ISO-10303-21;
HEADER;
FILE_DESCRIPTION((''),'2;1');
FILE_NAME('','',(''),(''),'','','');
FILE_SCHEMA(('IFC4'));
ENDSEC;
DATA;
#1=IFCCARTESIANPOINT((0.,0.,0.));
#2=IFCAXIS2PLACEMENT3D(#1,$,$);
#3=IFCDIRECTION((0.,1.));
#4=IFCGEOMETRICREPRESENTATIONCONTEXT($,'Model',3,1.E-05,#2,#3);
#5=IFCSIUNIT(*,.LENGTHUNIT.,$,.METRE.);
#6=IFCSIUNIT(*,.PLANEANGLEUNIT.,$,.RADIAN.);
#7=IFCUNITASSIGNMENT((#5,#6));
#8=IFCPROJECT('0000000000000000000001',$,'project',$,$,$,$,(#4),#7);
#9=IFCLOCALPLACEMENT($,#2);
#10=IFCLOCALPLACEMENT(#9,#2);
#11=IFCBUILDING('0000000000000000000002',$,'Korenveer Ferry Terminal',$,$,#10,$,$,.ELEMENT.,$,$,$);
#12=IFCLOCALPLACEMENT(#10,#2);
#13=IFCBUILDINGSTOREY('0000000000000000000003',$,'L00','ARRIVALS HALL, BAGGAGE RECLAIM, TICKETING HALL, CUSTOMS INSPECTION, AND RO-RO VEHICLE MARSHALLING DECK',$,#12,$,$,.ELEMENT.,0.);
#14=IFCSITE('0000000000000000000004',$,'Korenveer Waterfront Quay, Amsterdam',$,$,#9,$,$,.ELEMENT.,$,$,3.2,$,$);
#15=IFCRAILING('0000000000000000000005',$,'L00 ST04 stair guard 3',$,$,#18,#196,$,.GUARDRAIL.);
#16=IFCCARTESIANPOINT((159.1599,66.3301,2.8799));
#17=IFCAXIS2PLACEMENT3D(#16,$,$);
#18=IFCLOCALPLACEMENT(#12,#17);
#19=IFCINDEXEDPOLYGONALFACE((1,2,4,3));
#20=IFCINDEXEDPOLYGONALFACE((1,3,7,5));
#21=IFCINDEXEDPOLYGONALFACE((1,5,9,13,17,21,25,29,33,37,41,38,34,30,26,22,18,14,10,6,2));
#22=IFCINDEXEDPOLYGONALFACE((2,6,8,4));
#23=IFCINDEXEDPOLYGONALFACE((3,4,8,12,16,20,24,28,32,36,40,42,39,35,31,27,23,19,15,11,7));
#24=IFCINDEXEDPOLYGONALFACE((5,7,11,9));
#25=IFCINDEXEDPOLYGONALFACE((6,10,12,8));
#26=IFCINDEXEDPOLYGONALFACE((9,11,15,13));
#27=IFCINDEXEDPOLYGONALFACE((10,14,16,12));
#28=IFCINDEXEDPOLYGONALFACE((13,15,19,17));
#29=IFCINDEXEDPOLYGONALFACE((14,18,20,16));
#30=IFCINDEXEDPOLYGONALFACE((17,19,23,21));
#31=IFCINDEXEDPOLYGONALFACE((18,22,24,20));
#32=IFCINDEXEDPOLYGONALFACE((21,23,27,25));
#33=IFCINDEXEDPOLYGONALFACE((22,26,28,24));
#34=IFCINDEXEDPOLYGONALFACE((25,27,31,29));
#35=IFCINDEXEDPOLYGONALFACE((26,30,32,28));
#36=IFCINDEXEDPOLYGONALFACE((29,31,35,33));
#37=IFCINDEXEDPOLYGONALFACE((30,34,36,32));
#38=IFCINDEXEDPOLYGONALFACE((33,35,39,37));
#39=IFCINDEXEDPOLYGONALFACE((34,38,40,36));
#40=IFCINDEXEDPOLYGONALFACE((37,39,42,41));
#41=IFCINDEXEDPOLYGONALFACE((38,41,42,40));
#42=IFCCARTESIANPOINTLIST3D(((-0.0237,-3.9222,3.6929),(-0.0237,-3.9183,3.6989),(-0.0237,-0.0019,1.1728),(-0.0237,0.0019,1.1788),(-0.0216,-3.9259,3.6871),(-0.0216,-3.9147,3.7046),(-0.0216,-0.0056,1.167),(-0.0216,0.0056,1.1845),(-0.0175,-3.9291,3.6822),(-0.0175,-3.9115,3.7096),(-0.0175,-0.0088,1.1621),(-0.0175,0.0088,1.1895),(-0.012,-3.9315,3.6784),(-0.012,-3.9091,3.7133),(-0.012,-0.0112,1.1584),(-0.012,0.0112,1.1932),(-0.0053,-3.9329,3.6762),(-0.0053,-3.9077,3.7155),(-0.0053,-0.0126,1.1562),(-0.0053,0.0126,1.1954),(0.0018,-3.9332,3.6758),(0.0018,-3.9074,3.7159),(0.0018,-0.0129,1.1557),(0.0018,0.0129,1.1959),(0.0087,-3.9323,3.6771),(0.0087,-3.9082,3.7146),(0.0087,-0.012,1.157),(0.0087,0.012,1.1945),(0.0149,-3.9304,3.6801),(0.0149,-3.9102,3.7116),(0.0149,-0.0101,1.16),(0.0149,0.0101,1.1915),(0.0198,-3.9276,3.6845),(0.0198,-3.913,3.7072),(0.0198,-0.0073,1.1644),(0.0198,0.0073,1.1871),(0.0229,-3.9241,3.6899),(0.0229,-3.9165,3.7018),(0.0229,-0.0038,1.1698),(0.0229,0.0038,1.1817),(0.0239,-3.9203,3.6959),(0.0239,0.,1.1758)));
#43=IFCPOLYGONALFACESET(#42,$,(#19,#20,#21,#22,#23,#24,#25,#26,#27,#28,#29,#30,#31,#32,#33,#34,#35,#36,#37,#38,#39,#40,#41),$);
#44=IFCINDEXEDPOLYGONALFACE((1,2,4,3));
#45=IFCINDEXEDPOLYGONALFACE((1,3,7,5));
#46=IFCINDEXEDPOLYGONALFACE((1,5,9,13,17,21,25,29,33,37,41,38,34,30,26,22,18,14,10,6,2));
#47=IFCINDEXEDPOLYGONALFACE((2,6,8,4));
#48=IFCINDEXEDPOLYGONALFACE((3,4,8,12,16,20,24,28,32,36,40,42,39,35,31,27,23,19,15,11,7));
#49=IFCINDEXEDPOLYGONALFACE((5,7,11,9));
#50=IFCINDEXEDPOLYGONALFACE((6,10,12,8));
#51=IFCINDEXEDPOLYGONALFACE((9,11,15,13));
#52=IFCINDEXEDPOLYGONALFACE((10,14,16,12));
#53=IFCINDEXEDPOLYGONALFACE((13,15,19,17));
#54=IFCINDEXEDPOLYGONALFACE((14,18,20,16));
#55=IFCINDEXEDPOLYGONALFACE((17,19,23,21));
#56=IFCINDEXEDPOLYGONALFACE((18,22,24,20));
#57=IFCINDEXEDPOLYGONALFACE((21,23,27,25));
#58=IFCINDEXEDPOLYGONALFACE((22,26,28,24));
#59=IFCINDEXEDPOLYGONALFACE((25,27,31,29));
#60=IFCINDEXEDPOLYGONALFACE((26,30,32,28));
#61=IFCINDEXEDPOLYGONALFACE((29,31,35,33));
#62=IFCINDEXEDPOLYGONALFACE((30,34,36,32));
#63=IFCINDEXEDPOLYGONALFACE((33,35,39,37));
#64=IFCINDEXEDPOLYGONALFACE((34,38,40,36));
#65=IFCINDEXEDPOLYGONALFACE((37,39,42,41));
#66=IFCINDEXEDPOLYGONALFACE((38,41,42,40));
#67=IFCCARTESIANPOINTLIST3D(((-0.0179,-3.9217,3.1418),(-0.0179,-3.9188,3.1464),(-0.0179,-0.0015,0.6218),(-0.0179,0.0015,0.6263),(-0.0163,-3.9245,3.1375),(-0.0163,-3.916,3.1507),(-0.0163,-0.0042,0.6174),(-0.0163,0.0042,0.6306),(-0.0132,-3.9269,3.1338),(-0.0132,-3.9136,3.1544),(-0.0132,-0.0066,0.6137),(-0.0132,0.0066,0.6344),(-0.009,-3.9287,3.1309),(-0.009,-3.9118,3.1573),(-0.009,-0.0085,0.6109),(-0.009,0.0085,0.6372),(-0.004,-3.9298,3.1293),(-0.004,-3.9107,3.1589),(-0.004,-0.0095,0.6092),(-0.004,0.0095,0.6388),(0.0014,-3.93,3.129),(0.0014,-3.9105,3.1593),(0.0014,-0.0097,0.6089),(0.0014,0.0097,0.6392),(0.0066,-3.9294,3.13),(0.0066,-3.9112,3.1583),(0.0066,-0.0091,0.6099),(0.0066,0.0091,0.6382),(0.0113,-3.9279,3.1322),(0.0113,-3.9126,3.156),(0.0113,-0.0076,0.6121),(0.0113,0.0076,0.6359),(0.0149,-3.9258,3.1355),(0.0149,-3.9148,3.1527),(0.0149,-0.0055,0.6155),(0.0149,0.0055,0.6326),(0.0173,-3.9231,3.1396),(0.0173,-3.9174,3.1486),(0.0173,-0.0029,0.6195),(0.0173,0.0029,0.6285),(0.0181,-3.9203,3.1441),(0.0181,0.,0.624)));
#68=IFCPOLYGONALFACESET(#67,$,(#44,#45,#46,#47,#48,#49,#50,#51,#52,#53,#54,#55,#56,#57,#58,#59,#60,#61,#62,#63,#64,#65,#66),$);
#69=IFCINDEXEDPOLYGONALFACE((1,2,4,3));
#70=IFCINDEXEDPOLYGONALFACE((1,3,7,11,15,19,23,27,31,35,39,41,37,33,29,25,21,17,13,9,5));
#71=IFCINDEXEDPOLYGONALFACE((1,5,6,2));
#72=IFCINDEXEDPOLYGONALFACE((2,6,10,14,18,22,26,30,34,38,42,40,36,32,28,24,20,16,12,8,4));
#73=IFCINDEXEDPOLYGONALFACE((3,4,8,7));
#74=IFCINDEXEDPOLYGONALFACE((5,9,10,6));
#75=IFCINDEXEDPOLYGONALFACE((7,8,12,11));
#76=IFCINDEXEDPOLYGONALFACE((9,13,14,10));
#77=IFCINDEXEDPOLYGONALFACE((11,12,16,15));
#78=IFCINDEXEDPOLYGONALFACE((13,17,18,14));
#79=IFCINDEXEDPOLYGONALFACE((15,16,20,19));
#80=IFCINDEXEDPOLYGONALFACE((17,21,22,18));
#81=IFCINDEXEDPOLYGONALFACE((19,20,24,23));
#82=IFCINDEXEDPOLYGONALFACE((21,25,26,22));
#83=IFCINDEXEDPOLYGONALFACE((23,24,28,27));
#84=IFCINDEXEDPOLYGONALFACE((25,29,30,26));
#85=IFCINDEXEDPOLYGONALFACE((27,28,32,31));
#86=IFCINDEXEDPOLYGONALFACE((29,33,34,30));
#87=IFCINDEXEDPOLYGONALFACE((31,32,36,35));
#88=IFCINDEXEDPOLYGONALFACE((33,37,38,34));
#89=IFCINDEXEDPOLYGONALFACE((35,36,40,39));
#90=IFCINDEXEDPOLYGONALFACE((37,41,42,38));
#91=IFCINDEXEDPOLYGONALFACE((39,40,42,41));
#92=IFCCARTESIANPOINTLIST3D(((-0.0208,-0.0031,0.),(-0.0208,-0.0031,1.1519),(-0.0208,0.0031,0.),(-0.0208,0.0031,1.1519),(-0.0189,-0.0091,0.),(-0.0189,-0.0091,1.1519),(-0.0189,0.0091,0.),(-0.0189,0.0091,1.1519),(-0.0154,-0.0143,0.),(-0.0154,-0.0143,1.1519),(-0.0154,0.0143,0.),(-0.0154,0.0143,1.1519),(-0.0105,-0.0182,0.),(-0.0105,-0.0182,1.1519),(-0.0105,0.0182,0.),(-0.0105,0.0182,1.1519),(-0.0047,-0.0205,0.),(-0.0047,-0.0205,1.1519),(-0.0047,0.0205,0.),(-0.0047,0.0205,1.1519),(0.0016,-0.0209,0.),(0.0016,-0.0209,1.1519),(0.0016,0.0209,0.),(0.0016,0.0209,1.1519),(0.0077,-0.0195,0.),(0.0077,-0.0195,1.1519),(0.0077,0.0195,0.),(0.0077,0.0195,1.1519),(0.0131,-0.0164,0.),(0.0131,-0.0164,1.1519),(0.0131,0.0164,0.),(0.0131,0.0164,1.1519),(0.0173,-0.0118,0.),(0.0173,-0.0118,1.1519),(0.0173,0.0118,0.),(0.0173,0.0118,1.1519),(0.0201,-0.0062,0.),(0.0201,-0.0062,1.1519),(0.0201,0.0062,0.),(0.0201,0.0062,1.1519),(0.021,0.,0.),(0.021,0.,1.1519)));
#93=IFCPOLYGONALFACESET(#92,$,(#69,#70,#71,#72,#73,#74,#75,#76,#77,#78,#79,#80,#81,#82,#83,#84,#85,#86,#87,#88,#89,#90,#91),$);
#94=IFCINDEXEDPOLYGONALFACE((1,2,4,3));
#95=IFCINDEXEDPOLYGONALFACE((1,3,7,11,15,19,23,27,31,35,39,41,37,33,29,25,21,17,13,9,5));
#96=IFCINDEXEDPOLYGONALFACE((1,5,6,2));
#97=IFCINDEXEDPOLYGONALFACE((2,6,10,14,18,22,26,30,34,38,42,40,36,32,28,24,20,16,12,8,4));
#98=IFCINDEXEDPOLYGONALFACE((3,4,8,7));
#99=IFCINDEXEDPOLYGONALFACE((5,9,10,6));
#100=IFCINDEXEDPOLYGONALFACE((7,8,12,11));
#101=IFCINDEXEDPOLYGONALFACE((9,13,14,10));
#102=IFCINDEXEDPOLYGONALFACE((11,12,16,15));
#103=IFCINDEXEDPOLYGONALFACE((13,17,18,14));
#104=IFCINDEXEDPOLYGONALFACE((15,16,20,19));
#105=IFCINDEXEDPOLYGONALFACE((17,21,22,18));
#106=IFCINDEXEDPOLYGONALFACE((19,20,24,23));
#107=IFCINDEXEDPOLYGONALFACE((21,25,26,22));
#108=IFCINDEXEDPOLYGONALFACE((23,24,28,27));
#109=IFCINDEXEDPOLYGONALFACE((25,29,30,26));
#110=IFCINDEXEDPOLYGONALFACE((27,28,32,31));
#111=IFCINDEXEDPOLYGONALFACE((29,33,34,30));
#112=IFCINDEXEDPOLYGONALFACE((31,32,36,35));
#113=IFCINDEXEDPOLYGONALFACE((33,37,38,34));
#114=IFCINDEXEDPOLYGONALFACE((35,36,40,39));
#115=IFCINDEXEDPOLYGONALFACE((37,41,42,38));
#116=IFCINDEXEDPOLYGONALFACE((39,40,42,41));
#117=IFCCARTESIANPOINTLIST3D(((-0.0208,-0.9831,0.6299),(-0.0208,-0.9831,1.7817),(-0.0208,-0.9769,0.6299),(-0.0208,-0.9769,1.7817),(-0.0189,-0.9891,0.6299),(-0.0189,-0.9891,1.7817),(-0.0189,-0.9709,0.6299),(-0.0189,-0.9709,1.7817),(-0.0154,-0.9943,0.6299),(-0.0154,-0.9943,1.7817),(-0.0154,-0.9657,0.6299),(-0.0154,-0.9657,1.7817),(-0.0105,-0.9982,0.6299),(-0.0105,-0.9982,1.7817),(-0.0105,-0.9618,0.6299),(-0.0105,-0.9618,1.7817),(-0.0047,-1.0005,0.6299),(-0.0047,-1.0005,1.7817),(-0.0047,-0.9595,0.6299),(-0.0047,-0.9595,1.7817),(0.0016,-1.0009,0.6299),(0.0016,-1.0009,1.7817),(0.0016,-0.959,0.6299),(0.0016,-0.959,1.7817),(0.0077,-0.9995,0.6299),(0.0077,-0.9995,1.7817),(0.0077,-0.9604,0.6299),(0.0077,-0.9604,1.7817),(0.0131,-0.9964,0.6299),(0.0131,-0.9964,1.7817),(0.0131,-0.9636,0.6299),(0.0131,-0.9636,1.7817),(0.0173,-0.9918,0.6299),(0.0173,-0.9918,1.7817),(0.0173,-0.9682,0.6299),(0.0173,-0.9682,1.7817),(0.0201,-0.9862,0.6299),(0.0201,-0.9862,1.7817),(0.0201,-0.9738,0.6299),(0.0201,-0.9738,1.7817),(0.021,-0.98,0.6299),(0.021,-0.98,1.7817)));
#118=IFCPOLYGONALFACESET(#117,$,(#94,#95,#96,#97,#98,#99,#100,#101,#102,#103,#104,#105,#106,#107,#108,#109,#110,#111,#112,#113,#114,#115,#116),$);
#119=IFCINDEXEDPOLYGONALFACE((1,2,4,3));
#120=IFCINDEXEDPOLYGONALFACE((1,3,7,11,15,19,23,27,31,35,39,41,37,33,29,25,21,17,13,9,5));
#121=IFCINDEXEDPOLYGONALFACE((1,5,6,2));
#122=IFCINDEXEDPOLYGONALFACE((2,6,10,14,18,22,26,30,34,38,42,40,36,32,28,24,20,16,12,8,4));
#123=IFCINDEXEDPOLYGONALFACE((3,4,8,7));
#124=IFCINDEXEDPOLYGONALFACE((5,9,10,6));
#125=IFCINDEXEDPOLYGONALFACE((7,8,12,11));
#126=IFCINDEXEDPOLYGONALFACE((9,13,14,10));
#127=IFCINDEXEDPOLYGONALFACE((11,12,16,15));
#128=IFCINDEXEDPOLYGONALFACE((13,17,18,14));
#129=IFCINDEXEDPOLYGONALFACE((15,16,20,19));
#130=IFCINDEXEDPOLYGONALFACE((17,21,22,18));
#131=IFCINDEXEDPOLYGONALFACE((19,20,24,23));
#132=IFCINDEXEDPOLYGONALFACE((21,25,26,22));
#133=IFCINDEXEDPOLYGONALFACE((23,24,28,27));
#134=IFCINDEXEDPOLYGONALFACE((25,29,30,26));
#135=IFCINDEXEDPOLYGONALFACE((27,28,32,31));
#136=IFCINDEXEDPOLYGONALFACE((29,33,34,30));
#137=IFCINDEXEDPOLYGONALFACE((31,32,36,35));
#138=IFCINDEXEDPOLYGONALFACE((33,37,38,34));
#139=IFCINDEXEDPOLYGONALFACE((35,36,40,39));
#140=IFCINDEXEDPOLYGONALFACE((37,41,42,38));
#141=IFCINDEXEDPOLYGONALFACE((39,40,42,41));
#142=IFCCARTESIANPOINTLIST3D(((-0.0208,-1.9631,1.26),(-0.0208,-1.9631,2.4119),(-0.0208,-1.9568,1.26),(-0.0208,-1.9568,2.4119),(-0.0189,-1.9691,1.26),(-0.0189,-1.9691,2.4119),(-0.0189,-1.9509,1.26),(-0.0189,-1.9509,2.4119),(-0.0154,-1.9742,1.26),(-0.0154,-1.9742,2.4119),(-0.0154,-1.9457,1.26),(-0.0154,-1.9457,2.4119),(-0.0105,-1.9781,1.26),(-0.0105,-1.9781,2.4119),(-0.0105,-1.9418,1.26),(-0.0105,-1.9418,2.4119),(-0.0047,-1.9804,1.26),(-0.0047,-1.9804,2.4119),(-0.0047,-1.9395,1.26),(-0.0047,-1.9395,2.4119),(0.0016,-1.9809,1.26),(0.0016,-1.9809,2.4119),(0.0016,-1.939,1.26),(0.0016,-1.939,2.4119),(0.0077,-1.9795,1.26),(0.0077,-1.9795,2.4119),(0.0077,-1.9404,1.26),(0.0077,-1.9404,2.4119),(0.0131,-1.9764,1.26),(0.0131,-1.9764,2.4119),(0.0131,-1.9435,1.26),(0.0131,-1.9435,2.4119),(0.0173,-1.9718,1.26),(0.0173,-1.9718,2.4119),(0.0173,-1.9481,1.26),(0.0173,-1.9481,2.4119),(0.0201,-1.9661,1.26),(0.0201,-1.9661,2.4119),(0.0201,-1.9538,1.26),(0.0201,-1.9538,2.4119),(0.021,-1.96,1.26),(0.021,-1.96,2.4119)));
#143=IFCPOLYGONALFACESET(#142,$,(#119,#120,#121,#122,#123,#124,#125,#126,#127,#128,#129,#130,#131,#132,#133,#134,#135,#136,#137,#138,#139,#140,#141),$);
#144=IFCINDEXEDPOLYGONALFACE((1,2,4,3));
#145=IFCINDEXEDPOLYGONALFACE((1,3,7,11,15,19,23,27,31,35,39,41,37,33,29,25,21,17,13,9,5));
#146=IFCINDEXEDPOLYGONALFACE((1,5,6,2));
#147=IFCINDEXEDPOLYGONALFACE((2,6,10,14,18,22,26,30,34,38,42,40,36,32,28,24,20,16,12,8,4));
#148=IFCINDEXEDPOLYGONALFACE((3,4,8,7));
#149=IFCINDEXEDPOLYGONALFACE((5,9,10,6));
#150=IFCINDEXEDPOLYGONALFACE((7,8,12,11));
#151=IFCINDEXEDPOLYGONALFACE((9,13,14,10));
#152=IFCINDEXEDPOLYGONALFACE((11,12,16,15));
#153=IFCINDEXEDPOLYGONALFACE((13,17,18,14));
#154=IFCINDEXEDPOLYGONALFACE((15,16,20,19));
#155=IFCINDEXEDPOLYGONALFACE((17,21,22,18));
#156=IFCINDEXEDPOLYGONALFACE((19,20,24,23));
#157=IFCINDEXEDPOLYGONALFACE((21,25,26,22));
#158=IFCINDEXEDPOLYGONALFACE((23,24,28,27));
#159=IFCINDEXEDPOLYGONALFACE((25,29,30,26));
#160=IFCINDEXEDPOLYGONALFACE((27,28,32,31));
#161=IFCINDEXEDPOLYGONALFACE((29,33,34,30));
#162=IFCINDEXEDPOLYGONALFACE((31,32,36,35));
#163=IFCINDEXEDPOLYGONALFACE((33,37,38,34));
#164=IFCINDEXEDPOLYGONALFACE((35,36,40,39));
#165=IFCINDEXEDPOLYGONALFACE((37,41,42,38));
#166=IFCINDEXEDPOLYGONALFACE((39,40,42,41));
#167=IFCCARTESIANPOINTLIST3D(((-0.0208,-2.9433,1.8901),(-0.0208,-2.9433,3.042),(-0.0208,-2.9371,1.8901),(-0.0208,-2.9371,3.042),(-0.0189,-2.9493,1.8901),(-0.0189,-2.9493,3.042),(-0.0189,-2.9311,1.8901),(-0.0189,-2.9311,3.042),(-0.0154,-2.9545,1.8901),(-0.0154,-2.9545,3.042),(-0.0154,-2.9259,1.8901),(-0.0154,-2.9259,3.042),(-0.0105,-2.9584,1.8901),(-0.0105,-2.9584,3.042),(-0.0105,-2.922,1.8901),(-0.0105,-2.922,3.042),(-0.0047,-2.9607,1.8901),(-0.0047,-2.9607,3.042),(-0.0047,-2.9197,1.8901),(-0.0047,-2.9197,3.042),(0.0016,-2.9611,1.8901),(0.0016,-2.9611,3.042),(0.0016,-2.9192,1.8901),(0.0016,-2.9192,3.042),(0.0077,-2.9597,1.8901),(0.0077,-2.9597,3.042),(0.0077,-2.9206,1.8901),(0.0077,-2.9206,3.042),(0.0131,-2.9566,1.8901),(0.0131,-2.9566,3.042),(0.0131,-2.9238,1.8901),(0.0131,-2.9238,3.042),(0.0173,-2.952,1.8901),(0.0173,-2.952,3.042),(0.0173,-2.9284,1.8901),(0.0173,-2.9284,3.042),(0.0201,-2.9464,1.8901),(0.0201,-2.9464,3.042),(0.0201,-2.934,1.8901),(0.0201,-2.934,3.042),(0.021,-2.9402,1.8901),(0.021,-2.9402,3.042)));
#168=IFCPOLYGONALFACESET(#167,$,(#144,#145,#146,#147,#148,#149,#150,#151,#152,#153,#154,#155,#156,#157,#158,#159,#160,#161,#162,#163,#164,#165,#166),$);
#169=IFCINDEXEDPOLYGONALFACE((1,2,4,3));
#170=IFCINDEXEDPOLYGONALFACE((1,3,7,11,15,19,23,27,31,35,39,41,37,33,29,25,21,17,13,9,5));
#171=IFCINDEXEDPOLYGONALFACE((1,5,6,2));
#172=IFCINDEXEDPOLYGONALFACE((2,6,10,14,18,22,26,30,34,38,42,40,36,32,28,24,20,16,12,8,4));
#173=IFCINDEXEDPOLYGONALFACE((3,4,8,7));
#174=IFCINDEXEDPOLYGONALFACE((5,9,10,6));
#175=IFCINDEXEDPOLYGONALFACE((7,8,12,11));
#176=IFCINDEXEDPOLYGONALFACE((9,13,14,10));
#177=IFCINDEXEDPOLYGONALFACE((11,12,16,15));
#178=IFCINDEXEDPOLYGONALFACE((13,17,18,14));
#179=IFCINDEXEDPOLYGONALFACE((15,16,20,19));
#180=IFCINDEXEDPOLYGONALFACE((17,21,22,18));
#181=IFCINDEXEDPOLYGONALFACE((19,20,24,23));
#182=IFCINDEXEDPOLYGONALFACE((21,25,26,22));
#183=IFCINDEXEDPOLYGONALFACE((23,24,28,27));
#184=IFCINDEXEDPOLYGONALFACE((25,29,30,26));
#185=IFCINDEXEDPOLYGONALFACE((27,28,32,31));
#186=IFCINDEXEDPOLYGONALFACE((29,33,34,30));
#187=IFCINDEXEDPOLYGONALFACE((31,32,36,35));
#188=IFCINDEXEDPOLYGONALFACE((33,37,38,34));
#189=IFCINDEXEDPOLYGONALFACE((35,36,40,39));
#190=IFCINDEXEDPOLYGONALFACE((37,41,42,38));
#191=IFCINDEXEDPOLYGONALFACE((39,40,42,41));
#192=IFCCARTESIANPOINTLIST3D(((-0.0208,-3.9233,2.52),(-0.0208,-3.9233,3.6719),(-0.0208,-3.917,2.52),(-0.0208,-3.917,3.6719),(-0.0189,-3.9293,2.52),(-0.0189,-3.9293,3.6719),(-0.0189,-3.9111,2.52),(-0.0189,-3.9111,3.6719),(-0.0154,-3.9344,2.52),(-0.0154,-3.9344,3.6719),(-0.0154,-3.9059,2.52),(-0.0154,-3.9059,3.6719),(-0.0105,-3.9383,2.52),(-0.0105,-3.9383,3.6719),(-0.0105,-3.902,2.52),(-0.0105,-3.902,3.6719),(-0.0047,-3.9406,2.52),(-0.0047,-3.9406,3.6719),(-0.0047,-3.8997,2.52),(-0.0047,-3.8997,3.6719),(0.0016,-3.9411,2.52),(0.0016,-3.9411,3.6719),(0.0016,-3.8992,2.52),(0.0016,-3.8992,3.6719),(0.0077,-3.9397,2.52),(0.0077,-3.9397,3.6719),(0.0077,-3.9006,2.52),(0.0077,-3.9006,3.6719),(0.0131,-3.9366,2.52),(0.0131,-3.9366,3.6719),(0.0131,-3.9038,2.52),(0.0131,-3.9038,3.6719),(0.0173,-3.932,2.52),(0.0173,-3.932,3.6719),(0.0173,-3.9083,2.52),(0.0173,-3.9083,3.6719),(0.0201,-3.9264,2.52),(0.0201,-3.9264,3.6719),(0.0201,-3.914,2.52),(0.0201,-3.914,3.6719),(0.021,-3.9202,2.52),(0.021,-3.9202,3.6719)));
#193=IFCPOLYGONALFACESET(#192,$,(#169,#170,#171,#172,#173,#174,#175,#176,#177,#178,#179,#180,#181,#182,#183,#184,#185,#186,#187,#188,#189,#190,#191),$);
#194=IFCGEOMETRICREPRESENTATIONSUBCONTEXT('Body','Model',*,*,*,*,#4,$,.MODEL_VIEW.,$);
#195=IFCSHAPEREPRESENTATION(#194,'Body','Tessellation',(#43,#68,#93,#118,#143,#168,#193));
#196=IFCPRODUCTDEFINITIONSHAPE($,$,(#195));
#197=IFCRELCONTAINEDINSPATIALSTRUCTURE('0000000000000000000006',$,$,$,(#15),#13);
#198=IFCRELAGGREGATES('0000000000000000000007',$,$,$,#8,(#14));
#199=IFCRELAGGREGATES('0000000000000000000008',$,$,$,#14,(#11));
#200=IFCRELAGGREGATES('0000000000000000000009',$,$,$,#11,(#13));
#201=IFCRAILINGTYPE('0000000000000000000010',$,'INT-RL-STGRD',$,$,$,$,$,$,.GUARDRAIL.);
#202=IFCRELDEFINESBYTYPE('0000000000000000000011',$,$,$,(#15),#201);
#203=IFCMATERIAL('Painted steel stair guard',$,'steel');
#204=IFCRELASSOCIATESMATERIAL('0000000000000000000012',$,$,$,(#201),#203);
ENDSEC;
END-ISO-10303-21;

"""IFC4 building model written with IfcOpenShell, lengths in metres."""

from ifc_helpers import new_model, si_unit, direction, frame, origin, origin_2d, place, context, subcontext, project, spatial, circle, extrude, material, type_object, element, save


model = new_model("IFC4")

# Units and contexts
model_context = context("Model", 3, precision=1e-05, world=origin(), true_north=direction((0.0, 1.0)))
body_context = subcontext(model_context, "Body", "Model", "MODEL_VIEW")
ifc_project = project(units=[si_unit("LENGTHUNIT", "METRE"), si_unit("PLANEANGLEUNIT", "RADIAN")], contexts=[model_context])

# Site, building, storey
site_placement = place(None, origin())
site = spatial("IfcSite", under=ifc_project, at=site_placement, Name="Korenveer Waterfront Quay, Amsterdam", CompositionType="ELEMENT", RefElevation=3.2)
building_placement = place(site_placement, origin())
building = spatial("IfcBuilding", under=site, at=building_placement, Name="Korenveer Ferry Terminal", CompositionType="ELEMENT")
storey_placement = place(building_placement, origin())
storey = spatial("IfcBuildingStorey", under=building, at=storey_placement, Name="L00", Description="ARRIVALS HALL, BAGGAGE RECLAIM, TICKETING HALL, CUSTOMS INSPECTION, AND RO-RO VEHICLE MARSHALLING DECK", CompositionType="ELEMENT", Elevation=0.0)

# Railing
ifc_material_1 = material(Name="Painted steel stair guard", Category="steel")
railing_type_1 = type_object("IfcRailingType", Name="INT-RL-STGRD", PredefinedType="GUARDRAIL", material=ifc_material_1)
railing_1_placement = place(storey_placement, frame((159.1599, 66.3301, 2.8799)))
element("IfcRailing", 1, at=railing_1_placement, inside=storey, type_object=railing_type_1, Name="L00 ST04 stair guard 3", PredefinedType="GUARDRAIL", context=body_context, shape_type="SweptSolid", body=[
    extrude(circle(Radius=0.0239, at=origin_2d()), frame((0.0, 0.0, 1.1758), z_axis=(0.0, -0.841187, 0.540744), x_axis=(1.0, 0.0, 0.0)), (0.0, 0.0, 1.0), 4.6604),
    extrude(circle(Radius=0.0181, at=origin_2d()), frame((0.0, 0.0, 0.624), z_axis=(0.0, -0.841187, 0.540744), x_axis=(1.0, 0.0, 0.0)), (0.0, 0.0, 1.0), 4.6604),
    extrude(circle(Radius=0.021, at=origin_2d()), origin(), (0.0, 0.0, 1.0), 1.1519),
    extrude(circle(Radius=0.021, at=origin_2d()), frame((0.0, -0.98, 0.6299)), (0.0, 0.0, 1.0), 1.1519),
    extrude(circle(Radius=0.021, at=origin_2d()), frame((0.0, -1.96, 1.26)), (0.0, 0.0, 1.0), 1.1519),
    extrude(circle(Radius=0.021, at=origin_2d()), frame((0.0, -2.9402, 1.8901)), (0.0, 0.0, 1.0), 1.1519),
    extrude(circle(Radius=0.021, at=origin_2d()), frame((0.0, -3.9202, 2.52)), (0.0, 0.0, 1.0), 1.1519),
])

save(model, "model.ifc")
